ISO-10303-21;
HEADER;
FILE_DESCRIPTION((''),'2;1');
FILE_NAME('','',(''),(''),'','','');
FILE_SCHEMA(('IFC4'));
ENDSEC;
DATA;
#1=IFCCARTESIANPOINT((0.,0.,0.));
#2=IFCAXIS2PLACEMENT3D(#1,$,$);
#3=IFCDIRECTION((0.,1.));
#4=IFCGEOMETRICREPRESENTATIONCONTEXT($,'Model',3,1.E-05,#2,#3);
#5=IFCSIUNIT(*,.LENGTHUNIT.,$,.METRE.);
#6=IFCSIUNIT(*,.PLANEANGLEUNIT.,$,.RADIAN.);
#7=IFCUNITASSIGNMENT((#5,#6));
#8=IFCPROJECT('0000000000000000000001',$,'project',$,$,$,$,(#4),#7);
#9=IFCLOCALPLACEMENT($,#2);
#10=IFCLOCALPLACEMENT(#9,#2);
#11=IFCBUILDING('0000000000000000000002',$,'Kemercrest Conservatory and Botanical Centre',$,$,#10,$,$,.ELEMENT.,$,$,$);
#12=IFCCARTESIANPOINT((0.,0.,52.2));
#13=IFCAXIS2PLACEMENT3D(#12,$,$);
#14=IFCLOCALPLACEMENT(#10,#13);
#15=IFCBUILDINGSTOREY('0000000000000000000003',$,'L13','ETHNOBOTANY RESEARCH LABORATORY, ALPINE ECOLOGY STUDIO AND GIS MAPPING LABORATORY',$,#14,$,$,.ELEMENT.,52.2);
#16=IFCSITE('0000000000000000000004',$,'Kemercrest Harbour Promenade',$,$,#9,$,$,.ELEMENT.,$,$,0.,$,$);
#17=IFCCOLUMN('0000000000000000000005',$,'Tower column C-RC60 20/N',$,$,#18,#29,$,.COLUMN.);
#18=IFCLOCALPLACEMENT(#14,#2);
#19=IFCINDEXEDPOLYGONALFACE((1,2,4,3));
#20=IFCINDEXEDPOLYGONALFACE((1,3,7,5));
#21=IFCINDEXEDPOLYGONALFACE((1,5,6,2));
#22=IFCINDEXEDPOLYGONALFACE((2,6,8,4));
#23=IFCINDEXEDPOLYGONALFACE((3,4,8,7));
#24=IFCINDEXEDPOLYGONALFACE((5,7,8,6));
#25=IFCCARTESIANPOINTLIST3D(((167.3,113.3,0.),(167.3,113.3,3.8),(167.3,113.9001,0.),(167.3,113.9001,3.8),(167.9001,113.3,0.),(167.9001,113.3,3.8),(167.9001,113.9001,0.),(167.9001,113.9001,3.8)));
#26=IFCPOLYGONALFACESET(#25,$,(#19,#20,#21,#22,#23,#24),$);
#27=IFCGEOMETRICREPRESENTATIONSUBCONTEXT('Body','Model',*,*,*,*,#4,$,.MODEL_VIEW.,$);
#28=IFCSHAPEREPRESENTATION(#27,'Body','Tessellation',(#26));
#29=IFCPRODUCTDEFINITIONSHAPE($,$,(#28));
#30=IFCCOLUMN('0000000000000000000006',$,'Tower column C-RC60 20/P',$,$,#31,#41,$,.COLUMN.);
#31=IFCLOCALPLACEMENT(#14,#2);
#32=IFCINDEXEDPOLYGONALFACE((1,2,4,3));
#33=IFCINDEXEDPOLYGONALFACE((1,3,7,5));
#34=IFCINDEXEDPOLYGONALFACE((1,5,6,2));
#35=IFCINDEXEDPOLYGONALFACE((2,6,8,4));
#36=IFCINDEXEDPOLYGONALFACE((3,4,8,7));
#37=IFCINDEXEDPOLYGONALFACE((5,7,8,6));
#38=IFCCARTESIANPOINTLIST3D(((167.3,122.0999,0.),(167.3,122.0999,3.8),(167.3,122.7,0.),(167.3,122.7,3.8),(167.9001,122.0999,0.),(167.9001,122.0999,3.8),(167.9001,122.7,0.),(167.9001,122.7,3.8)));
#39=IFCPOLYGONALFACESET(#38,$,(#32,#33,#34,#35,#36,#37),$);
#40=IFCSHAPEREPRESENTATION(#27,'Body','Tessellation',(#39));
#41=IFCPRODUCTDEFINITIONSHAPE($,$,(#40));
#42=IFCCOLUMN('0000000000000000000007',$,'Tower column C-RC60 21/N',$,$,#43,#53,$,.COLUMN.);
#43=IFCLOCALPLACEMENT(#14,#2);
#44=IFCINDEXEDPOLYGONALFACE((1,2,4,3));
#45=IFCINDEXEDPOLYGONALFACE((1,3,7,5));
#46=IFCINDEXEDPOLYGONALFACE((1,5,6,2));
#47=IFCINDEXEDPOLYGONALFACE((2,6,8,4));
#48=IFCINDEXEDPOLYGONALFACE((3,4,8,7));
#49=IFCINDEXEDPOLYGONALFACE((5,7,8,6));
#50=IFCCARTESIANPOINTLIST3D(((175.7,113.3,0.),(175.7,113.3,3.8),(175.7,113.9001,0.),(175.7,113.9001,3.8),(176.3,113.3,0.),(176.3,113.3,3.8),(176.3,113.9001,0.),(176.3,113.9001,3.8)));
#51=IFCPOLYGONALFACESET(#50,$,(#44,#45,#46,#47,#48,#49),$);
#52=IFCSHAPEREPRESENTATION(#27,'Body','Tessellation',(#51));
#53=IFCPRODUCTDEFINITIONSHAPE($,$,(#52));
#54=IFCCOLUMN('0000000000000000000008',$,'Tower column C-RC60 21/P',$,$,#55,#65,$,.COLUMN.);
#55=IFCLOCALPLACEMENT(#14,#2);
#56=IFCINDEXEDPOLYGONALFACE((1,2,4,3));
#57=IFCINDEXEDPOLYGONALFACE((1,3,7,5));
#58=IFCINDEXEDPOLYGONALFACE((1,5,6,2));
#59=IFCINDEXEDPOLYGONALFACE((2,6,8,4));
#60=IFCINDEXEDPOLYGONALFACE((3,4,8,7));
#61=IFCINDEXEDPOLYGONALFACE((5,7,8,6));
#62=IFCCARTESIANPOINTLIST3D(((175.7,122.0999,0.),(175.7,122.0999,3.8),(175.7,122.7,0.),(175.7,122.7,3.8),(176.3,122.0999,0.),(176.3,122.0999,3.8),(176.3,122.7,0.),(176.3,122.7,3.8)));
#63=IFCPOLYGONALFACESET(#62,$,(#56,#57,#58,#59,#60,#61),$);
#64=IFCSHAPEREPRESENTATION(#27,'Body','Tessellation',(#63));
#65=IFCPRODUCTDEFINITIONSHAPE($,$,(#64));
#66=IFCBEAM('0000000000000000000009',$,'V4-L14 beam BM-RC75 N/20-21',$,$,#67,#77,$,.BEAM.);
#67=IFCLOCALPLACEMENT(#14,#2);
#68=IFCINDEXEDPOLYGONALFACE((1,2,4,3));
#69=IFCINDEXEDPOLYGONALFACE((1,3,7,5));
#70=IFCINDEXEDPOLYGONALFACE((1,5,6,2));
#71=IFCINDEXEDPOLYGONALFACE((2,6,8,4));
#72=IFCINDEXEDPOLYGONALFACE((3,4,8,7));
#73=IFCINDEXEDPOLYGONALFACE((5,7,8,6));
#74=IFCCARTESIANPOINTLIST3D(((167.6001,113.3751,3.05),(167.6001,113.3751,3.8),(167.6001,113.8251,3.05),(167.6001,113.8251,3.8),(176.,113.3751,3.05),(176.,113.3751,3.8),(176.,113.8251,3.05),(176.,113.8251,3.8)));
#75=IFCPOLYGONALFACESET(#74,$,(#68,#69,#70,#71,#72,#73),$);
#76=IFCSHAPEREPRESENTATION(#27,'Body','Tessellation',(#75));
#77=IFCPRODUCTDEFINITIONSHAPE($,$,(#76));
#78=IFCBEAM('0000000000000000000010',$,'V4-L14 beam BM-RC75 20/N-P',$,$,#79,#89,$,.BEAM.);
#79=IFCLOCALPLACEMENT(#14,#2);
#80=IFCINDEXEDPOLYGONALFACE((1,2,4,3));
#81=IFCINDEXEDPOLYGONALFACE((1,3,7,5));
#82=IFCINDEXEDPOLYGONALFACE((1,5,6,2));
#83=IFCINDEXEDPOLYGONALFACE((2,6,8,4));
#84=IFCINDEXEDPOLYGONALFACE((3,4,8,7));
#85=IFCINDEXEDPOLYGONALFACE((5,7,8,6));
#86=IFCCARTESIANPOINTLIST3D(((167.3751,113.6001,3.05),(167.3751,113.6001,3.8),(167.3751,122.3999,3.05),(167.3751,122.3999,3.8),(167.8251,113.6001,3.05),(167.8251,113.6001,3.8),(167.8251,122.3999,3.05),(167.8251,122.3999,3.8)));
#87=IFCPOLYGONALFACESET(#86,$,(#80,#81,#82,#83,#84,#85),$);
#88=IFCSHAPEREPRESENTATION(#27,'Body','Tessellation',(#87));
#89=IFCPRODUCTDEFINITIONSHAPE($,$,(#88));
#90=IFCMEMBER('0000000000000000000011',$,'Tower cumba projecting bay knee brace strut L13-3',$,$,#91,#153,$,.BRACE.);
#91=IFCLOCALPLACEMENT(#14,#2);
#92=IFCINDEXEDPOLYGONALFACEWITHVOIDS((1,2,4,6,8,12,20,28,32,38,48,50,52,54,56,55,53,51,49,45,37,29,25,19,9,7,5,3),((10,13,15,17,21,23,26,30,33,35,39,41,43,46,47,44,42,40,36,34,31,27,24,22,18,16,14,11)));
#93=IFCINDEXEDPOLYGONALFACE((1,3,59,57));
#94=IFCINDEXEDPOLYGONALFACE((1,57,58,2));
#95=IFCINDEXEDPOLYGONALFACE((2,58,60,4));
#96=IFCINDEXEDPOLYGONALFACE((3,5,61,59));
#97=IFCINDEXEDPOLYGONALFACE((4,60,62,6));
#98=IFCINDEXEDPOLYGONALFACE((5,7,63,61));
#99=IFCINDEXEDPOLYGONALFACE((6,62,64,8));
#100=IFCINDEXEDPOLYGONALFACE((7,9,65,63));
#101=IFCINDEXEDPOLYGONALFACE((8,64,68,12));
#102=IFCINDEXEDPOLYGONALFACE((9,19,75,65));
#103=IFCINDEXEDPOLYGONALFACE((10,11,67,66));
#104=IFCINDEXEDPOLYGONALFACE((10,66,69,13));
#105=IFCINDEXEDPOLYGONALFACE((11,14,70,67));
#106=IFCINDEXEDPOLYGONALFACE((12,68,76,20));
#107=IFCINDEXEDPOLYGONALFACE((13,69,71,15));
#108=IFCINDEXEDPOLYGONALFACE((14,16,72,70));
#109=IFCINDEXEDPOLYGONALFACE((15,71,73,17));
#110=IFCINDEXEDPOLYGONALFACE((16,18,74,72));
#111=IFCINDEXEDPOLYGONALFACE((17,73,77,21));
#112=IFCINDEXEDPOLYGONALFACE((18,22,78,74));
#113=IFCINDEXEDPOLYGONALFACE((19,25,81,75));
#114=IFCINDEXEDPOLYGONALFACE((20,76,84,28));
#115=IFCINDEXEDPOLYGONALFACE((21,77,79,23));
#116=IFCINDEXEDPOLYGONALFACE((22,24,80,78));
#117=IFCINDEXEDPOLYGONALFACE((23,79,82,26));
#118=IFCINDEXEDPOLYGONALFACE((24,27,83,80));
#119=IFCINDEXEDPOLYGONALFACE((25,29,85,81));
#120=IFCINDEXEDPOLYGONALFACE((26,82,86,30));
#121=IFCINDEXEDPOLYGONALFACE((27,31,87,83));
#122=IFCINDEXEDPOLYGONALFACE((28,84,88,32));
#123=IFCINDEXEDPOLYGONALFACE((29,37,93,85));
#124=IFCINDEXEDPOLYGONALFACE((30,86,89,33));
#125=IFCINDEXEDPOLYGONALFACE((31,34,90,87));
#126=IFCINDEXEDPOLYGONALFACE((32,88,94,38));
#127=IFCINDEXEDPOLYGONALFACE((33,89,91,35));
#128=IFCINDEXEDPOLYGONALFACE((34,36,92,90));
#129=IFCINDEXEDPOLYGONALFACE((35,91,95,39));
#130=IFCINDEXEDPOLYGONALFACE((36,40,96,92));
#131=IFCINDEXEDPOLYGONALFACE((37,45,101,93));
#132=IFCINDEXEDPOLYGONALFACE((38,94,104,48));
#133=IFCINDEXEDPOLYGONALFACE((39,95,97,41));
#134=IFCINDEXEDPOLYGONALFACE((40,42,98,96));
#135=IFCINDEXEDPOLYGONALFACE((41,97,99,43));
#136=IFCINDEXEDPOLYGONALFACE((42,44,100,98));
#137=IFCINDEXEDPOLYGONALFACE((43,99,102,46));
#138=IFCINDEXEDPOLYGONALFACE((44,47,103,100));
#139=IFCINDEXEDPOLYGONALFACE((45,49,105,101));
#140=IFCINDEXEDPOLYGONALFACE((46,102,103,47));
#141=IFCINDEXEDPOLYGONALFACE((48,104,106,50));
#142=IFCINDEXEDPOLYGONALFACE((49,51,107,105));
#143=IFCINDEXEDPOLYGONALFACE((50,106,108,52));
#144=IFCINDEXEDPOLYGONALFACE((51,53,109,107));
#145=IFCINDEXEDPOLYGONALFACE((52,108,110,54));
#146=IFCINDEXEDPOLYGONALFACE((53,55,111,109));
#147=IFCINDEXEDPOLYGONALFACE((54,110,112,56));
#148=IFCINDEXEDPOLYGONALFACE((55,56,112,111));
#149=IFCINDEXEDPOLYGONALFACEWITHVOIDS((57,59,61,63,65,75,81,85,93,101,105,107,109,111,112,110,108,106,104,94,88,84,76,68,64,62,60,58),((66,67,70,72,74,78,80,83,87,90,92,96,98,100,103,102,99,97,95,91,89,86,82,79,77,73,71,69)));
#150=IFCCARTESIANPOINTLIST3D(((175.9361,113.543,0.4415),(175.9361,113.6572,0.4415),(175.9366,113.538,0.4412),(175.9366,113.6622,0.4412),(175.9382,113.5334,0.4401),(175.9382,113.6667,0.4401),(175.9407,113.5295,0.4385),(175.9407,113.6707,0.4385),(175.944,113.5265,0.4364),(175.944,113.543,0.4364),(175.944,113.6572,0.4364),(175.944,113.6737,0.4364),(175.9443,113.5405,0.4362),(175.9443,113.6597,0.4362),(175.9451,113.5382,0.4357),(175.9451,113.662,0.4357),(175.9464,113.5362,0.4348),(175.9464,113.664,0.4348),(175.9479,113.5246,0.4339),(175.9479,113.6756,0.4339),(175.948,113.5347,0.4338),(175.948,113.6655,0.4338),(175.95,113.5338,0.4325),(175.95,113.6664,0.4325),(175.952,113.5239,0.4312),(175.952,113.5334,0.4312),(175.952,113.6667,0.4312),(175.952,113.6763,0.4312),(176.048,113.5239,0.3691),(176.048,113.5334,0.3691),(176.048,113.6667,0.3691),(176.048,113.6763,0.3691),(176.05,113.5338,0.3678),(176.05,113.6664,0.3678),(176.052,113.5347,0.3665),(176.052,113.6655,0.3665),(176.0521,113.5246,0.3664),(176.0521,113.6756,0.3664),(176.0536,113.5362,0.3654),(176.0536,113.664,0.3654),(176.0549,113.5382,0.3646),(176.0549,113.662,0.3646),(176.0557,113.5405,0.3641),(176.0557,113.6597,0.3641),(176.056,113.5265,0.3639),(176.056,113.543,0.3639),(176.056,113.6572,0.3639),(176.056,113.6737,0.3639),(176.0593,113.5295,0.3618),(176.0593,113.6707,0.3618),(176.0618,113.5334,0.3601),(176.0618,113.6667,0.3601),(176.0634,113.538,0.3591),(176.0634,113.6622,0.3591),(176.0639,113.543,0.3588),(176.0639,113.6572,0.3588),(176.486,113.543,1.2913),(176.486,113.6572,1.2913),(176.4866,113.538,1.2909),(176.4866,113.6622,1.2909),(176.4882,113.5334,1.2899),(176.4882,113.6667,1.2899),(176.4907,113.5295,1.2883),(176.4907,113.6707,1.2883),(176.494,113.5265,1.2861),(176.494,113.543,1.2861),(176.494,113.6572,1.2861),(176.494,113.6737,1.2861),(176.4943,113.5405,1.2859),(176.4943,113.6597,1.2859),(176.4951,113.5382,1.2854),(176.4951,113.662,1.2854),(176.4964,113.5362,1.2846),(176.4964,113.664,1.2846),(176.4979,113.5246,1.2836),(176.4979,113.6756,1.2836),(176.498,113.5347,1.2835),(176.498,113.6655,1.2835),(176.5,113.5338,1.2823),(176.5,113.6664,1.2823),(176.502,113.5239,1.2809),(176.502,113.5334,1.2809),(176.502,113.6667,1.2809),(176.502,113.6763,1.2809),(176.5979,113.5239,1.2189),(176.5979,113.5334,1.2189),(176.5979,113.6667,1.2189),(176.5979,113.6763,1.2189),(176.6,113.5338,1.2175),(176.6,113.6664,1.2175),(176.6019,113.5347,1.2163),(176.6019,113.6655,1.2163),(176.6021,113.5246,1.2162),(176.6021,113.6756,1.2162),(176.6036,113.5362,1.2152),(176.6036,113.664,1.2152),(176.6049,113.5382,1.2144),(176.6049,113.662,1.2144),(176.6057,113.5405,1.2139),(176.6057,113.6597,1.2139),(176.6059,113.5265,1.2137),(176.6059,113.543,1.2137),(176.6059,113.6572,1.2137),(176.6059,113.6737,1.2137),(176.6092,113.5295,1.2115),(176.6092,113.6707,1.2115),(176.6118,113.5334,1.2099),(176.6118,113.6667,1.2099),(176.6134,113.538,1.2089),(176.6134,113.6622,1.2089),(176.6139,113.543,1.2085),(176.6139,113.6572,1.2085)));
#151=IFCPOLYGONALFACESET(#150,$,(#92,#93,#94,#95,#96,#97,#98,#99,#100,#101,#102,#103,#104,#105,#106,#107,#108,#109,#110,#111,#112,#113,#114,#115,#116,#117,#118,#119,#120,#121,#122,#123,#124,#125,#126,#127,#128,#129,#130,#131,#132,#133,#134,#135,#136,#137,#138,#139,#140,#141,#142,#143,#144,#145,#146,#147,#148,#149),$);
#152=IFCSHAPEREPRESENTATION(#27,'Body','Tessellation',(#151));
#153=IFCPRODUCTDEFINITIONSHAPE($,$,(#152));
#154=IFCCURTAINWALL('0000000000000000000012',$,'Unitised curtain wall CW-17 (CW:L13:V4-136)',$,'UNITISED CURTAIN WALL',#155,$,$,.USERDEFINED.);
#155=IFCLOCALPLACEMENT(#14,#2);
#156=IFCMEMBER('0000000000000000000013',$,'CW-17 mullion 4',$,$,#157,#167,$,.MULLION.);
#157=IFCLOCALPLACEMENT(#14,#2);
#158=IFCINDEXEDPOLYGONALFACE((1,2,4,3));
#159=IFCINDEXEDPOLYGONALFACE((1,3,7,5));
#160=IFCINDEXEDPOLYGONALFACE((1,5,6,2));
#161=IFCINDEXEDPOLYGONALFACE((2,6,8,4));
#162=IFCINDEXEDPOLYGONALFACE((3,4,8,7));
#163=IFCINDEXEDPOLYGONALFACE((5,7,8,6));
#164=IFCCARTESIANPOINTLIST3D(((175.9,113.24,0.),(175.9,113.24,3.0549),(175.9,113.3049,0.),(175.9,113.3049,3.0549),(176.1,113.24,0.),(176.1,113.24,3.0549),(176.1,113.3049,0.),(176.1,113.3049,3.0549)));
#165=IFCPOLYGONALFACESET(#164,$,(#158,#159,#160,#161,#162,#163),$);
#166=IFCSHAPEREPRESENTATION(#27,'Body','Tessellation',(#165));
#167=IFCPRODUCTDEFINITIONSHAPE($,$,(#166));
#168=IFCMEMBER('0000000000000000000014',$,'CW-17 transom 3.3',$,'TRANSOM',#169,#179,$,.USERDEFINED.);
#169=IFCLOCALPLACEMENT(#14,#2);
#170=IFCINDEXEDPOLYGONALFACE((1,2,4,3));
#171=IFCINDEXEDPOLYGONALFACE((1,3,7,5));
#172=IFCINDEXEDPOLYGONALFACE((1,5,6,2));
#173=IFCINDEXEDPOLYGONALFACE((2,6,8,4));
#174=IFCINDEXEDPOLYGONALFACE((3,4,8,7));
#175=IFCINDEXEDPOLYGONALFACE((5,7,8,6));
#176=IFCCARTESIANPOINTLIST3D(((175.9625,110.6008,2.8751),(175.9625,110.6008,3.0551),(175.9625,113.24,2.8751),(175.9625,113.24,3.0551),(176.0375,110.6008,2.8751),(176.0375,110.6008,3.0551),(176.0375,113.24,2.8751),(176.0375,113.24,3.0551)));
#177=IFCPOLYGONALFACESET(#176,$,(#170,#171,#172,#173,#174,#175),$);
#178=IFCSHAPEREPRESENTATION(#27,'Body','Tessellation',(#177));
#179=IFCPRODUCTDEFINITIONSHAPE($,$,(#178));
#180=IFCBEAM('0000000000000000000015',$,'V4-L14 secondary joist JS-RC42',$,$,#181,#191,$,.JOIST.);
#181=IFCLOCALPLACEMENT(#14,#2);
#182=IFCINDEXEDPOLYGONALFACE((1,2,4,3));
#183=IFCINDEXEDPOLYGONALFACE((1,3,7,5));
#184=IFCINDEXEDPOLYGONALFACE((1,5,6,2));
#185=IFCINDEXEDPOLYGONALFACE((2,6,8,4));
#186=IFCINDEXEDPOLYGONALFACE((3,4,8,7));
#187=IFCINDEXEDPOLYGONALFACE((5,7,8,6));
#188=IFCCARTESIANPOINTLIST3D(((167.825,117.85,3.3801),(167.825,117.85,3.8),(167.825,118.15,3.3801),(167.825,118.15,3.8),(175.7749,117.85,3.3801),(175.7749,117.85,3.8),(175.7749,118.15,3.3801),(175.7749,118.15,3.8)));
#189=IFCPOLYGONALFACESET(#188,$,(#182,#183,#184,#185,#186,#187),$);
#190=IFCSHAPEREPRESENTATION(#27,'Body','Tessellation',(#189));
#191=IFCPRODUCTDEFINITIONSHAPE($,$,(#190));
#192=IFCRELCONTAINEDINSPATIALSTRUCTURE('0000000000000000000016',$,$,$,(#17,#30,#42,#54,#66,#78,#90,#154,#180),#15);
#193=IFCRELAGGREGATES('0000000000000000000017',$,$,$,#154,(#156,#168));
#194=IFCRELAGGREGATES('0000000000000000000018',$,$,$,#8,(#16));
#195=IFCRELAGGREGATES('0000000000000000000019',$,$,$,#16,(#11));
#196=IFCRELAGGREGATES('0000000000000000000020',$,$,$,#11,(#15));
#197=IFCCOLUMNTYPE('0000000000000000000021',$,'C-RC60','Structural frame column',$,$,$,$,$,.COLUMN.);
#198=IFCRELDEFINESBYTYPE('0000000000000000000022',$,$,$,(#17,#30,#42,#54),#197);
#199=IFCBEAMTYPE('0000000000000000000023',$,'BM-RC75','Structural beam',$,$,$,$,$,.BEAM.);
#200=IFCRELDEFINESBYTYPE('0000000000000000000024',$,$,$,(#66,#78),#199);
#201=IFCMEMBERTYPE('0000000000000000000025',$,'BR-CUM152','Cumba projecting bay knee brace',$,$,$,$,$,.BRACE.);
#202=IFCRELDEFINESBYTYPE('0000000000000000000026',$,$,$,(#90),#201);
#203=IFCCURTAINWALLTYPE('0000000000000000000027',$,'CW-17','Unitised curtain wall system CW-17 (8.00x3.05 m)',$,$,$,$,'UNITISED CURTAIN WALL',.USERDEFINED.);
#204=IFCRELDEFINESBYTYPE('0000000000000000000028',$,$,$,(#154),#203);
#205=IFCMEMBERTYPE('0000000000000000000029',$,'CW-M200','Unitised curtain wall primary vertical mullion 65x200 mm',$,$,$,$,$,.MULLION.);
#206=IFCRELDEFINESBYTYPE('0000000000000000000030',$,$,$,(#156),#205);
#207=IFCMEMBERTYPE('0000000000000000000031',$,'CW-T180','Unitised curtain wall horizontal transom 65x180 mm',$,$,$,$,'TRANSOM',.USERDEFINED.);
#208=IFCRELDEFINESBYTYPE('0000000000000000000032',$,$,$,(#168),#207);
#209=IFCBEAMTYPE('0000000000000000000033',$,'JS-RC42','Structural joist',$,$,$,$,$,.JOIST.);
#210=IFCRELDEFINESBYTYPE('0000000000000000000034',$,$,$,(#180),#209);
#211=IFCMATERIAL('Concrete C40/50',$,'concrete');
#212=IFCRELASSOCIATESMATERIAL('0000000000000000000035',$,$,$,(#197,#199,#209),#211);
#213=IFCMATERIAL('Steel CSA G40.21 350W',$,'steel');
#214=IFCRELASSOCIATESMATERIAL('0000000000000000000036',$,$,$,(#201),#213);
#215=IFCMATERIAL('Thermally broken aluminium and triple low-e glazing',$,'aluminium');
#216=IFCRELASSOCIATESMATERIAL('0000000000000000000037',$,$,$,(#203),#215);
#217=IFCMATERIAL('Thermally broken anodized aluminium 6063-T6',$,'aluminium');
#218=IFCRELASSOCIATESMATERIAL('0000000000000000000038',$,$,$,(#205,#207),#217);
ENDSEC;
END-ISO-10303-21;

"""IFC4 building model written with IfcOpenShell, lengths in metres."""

from ifc_helpers import new_model, si_unit, direction, frame, origin, origin_2d, place, context, subcontext, project, spatial, rectangle, hollow_rectangle, extrude, material, material_profile, profile_set, type_object, element, aggregate, save


model = new_model("IFC4")

# Units and contexts
model_context = context("Model", 3, precision=1e-05, world=origin(), true_north=direction((0.0, 1.0)))
body_context = subcontext(model_context, "Body", "Model", "MODEL_VIEW")
ifc_project = project(units=[si_unit("LENGTHUNIT", "METRE"), si_unit("PLANEANGLEUNIT", "RADIAN")], contexts=[model_context])

# Site, building, storey
site_placement = place(None, origin())
site = spatial("IfcSite", under=ifc_project, at=site_placement, Name="Kemercrest Harbour Promenade", CompositionType="ELEMENT", RefElevation=0.0)
building_placement = place(site_placement, origin())
building = spatial("IfcBuilding", under=site, at=building_placement, Name="Kemercrest Conservatory and Botanical Centre", CompositionType="ELEMENT")
storey_placement = place(building_placement, frame((0.0, 0.0, 52.2)))
storey = spatial("IfcBuildingStorey", under=building, at=storey_placement, Name="L13", Description="ETHNOBOTANY RESEARCH LABORATORY, ALPINE ECOLOGY STUDIO AND GIS MAPPING LABORATORY", CompositionType="ELEMENT", Elevation=52.2)

# Columns
ifc_material_1 = material(Name="Concrete C40/50", Category="concrete")
ifc_material_profile_1 = material_profile(ifc_material_1, rectangle(XDim=0.6001, YDim=0.6001, at=origin_2d()), Name="RC 600x600")
ifc_profile_set_1 = profile_set([ifc_material_profile_1], Name="Concrete C40/50")
column_type = type_object("IfcColumnType", Name="C-RC60", Description="Structural frame column", PredefinedType="COLUMN", material=ifc_profile_set_1)
for number, where, z_axis, x_axis, name in (
    (1, (167.6001, 113.6001, 0.0), (0.0, 0.0, 1.0), (1.0, 0.0, 0.0), "Tower column C-RC60 20/N"),
    (2, (167.6001, 122.3999, 0.0), (0.0, 0.0, 1.0), (1.0, 0.0, 0.0), "Tower column C-RC60 20/P"),
    (3, (176.0, 113.6001, 0.0), (0.0, 0.0, 1.0), (1.0, 0.0, 0.0), "Tower column C-RC60 21/N"),
    (4, (176.0, 122.3999, 0.0), (0.0, 0.0, 1.0), (1.0, 0.0, 0.0), "Tower column C-RC60 21/P"),
):
    element("IfcColumn", number, at=place(storey_placement, frame(where, z_axis=z_axis, x_axis=x_axis)), inside=storey, type_object=column_type, Name=name, PredefinedType="COLUMN", context=body_context, shape_type="SweptSolid", body=[
        extrude(rectangle(XDim=0.6001, YDim=0.6001, at=origin_2d()), origin(), (0.0, 0.0, 1.0), 3.8),
    ])

# Beams
ifc_material_profile_2 = material_profile(ifc_material_1, rectangle(XDim=0.45, YDim=0.75, at=origin_2d()), Name="RC 450x750")
ifc_profile_set_2 = profile_set([ifc_material_profile_2], Name="Concrete C40/50")
beam_type_1 = type_object("IfcBeamType", Name="BM-RC75", Description="Structural beam", PredefinedType="BEAM", material=ifc_profile_set_2)
beam_1_placement = place(storey_placement, frame((167.6001, 113.6001, 3.425), z_axis=(1.0, 0.0, 0.0), x_axis=(0.0, 1.0, 0.0)))
element("IfcBeam", 5, at=beam_1_placement, inside=storey, type_object=beam_type_1, Name="V4-L14 beam BM-RC75 N/20-21", PredefinedType="BEAM", context=body_context, shape_type="SweptSolid", body=[
    extrude(rectangle(XDim=0.45, YDim=0.75, at=origin_2d()), origin(), (0.0, 0.0, 1.0), 8.3999),
])
beam_2_placement = place(storey_placement, frame((167.6001, 113.6001, 3.425), z_axis=(0.0, 1.0, 0.0), x_axis=(-1.0, 0.0, 0.0)))
element("IfcBeam", 6, at=beam_2_placement, inside=storey, type_object=beam_type_1, Name="V4-L14 beam BM-RC75 20/N-P", PredefinedType="BEAM", context=body_context, shape_type="SweptSolid", body=[
    extrude(rectangle(XDim=0.45, YDim=0.75, at=origin_2d()), origin(), (0.0, 0.0, 1.0), 8.7998),
])

# Member
ifc_material_2 = material(Name="Steel CSA G40.21 350W", Category="steel")
ifc_material_profile_3 = material_profile(ifc_material_2, hollow_rectangle(XDim=0.1523, YDim=0.1523, WallThickness=0.0095, InnerFilletRadius=0.0095, OuterFilletRadius=0.019, at=origin_2d()), Name="HSS 152x152x9.5")
ifc_profile_set_3 = profile_set([ifc_material_profile_3], Name="Steel CSA G40.21 350W")
member_type_1 = type_object("IfcMemberType", Name="BR-CUM152", Description="Cumba projecting bay knee brace", PredefinedType="BRACE", material=ifc_profile_set_3)
member_1_placement = place(storey_placement, frame((176.0, 113.6001, 0.4001), z_axis=(0.543351, 0.0, 0.839505), x_axis=(0.0, 1.0, 0.0)))
element("IfcMember", 7, at=member_1_placement, inside=storey, type_object=member_type_1, Name="Tower cumba projecting bay knee brace strut L13-3", PredefinedType="BRACE", context=body_context, shape_type="SweptSolid", body=[
    extrude(hollow_rectangle(XDim=0.1523, YDim=0.1523, WallThickness=0.0095, InnerFilletRadius=0.0095, OuterFilletRadius=0.019, at=origin_2d()), origin(), (0.0, 0.0, 1.0), 1.0122),
])

# Curtain wall, members
ifc_material_3 = material(Name="Thermally broken aluminium and triple low-e glazing", Category="aluminium")
curtain_wall_type = type_object("IfcCurtainWallType", Name="CW-17", Description="Unitised curtain wall system CW-17 (8.00x3.05 m)", ElementType="UNITISED CURTAIN WALL", PredefinedType="USERDEFINED", material=ifc_material_3)
curtain_wall_placement = place(storey_placement, origin())
curtain_wall = element("IfcCurtainWall", 8, at=curtain_wall_placement, inside=storey, type_object=curtain_wall_type, Name="Unitised curtain wall CW-17 (CW:L13:V4-136)", ObjectType="UNITISED CURTAIN WALL", PredefinedType="USERDEFINED")
ifc_material_4 = material(Name="Thermally broken anodized aluminium 6063-T6", Category="aluminium")
ifc_material_profile_4 = material_profile(ifc_material_4, rectangle(XDim=0.2, YDim=0.0649, at=origin_2d()), Name="AL MULLION 65x200")
ifc_profile_set_4 = profile_set([ifc_material_profile_4], Name="Thermally broken anodized aluminium 6063-T6")
member_type_2 = type_object("IfcMemberType", Name="CW-M200", Description="Unitised curtain wall primary vertical mullion 65x200 mm", PredefinedType="MULLION", material=ifc_profile_set_4)
member_2_placement = place(storey_placement, frame((176.0, 113.2725, 0.0), z_axis=(0.0, 0.0, 1.0), x_axis=(-1.0, 0.0, 0.0)))
member_2 = element("IfcMember", 9, at=member_2_placement, type_object=member_type_2, Name="CW-17 mullion 4", PredefinedType="MULLION", context=body_context, shape_type="SweptSolid", body=[
    extrude(rectangle(XDim=0.2, YDim=0.0649, at=origin_2d()), origin(), (0.0, 0.0, 1.0), 3.0549),
])
ifc_material_profile_5 = material_profile(ifc_material_4, rectangle(XDim=0.075, YDim=0.1799, at=origin_2d()), Name="AL TRANSOM 75x180")
ifc_profile_set_5 = profile_set([ifc_material_profile_5], Name="Thermally broken anodized aluminium 6063-T6")
member_type_3 = type_object("IfcMemberType", Name="CW-T180", Description="Unitised curtain wall horizontal transom 65x180 mm", ElementType="TRANSOM", PredefinedType="USERDEFINED", material=ifc_profile_set_5)
member_3_placement = place(storey_placement, frame((176.0, 110.6008, 2.9651), z_axis=(0.0, 1.0, 0.0), x_axis=(-1.0, 0.0, 0.0)))
member_3 = element("IfcMember", 10, at=member_3_placement, type_object=member_type_3, Name="CW-17 transom 3.3", ObjectType="TRANSOM", PredefinedType="USERDEFINED", context=body_context, shape_type="SweptSolid", body=[
    extrude(rectangle(XDim=0.075, YDim=0.1799, at=origin_2d()), origin(), (0.0, 0.0, 1.0), 2.6392),
])

# Beam
ifc_material_profile_6 = material_profile(ifc_material_1, rectangle(XDim=0.3, YDim=0.4199, at=origin_2d()), Name="RC 300x420")
ifc_profile_set_6 = profile_set([ifc_material_profile_6], Name="Concrete C40/50")
beam_type_2 = type_object("IfcBeamType", Name="JS-RC42", Description="Structural joist", PredefinedType="JOIST", material=ifc_profile_set_6)
beam_3_placement = place(storey_placement, frame((167.825, 118.0, 3.5901), z_axis=(1.0, 0.0, 0.0), x_axis=(0.0, 1.0, 0.0)))
element("IfcBeam", 11, at=beam_3_placement, inside=storey, type_object=beam_type_2, Name="V4-L14 secondary joist JS-RC42", PredefinedType="JOIST", context=body_context, shape_type="SweptSolid", body=[
    extrude(rectangle(XDim=0.3, YDim=0.4199, at=origin_2d()), origin(), (0.0, 0.0, 1.0), 7.95),
])

aggregate(curtain_wall, [member_2, member_3])

save(model, "model.ifc")
